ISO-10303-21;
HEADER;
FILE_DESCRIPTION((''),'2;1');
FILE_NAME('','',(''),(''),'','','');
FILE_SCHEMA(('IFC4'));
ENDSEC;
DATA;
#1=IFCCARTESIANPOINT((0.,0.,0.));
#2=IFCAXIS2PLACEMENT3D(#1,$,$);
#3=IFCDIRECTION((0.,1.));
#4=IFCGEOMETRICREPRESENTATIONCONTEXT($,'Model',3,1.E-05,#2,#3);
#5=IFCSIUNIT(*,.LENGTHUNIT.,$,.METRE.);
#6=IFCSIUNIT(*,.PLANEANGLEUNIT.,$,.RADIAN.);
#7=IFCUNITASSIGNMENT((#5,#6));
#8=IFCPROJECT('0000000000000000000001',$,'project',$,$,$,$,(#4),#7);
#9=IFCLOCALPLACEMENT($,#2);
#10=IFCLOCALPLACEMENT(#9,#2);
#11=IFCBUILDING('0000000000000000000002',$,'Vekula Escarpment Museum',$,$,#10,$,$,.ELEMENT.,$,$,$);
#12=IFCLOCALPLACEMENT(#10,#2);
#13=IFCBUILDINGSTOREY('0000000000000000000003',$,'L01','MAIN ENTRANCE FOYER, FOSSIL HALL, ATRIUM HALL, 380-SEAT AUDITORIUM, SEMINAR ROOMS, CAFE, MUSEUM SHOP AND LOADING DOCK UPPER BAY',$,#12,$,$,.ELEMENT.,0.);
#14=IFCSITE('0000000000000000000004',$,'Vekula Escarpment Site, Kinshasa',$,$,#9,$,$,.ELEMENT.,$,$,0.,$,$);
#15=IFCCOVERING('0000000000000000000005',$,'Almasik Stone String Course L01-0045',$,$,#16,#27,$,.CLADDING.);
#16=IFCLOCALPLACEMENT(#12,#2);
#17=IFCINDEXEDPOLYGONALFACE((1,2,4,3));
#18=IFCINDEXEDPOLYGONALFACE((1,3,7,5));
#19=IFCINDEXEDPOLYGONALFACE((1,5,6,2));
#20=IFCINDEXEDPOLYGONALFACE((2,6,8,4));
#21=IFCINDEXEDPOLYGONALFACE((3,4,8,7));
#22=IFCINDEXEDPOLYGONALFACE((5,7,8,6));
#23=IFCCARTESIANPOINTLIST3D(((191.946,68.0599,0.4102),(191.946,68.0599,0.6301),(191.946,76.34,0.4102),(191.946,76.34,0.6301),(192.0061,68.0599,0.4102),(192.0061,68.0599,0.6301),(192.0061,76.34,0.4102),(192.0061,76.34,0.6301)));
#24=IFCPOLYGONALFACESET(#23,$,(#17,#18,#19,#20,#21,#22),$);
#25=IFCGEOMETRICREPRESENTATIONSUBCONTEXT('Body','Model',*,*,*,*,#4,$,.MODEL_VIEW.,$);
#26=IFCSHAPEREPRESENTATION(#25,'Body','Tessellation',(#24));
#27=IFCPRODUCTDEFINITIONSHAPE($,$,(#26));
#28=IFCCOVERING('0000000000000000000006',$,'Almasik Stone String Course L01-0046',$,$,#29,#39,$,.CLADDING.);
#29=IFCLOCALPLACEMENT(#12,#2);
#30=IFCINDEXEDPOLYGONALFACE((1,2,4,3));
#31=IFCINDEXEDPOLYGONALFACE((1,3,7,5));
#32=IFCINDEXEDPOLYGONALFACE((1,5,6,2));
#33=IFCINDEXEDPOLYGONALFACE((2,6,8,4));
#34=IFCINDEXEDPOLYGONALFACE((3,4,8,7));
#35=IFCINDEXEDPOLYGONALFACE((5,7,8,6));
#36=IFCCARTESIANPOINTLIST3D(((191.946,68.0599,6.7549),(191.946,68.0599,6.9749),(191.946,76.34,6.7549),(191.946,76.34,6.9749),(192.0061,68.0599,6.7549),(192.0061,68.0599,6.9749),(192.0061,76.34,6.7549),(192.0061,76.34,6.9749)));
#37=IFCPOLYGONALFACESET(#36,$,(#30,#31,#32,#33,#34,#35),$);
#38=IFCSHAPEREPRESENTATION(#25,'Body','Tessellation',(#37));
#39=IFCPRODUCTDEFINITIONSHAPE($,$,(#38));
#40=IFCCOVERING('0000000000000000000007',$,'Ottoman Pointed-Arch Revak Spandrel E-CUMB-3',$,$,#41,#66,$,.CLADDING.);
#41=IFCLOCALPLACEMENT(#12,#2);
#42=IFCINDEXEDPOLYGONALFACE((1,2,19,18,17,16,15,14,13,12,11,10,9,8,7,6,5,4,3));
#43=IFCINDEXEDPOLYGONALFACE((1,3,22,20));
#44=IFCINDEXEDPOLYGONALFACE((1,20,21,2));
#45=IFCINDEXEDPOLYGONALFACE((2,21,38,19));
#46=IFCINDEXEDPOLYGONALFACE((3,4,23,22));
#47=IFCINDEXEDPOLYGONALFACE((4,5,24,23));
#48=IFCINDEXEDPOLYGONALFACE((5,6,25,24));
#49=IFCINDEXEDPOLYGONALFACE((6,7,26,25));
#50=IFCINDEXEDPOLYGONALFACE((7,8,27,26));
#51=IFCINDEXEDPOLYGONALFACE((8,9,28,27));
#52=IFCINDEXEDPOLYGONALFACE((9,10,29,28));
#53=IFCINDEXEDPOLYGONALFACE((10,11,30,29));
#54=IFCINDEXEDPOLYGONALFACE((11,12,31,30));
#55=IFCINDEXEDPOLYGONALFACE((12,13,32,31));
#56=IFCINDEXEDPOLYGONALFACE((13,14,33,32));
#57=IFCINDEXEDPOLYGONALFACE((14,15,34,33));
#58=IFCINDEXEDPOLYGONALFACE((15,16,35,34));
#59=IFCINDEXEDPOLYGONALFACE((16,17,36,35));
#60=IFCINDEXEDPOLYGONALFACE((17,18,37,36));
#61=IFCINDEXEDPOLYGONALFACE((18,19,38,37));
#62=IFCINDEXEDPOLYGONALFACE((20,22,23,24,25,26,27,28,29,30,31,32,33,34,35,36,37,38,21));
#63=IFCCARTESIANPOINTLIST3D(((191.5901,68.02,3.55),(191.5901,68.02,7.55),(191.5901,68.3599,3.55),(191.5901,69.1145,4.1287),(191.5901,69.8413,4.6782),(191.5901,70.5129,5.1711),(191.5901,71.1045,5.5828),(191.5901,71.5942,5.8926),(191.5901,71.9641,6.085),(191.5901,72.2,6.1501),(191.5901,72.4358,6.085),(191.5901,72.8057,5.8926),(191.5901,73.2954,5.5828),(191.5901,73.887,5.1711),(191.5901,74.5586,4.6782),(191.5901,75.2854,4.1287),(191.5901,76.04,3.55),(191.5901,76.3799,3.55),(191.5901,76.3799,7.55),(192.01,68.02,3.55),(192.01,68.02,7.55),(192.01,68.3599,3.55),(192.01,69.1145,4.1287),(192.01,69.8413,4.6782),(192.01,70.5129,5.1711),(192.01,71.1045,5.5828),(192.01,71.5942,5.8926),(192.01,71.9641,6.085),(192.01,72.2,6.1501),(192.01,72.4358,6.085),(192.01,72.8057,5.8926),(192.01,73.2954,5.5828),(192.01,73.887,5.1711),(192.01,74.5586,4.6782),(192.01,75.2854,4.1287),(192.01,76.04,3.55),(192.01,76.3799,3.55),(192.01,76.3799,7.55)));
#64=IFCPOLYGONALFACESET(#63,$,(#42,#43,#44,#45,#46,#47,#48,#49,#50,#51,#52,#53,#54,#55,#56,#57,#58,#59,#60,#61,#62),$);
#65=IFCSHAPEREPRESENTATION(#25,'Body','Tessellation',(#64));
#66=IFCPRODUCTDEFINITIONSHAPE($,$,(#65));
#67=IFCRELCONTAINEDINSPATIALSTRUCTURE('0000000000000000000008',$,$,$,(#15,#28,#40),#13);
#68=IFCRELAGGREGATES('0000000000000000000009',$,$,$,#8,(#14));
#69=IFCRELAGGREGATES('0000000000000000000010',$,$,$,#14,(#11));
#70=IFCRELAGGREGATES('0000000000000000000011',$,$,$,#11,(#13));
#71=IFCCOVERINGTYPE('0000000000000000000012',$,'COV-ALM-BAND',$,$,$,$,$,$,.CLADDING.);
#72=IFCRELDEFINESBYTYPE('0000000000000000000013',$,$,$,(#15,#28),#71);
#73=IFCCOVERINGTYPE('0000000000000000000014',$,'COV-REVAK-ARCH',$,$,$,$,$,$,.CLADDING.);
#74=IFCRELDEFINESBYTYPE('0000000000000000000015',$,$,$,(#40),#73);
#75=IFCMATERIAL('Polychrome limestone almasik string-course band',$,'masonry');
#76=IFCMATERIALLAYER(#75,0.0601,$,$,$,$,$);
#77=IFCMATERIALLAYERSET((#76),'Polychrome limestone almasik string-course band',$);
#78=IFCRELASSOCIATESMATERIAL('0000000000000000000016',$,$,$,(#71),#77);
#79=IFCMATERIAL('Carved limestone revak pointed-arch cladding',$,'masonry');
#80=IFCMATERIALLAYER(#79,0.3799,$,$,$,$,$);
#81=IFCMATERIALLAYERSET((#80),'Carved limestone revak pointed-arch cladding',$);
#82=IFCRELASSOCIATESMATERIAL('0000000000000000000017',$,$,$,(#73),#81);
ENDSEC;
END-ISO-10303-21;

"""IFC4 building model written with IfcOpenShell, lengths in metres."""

from ifc_helpers import new_model, si_unit, direction, frame, origin, origin_2d, place, context, subcontext, project, spatial, polyline, rectangle, outline, extrude, material, layer, layer_set, type_object, element, save


model = new_model("IFC4")

# Units and contexts
model_context = context("Model", 3, precision=1e-05, world=origin(), true_north=direction((0.0, 1.0)))
body_context = subcontext(model_context, "Body", "Model", "MODEL_VIEW")
ifc_project = project(units=[si_unit("LENGTHUNIT", "METRE"), si_unit("PLANEANGLEUNIT", "RADIAN")], contexts=[model_context])

# Site, building, storey
site_placement = place(None, origin())
site = spatial("IfcSite", under=ifc_project, at=site_placement, Name="Vekula Escarpment Site, Kinshasa", CompositionType="ELEMENT", RefElevation=0.0)
building_placement = place(site_placement, origin())
building = spatial("IfcBuilding", under=site, at=building_placement, Name="Vekula Escarpment Museum", CompositionType="ELEMENT")
storey_placement = place(building_placement, origin())
storey = spatial("IfcBuildingStorey", under=building, at=storey_placement, Name="L01", Description="MAIN ENTRANCE FOYER, FOSSIL HALL, ATRIUM HALL, 380-SEAT AUDITORIUM, SEMINAR ROOMS, CAFE, MUSEUM SHOP AND LOADING DOCK UPPER BAY", CompositionType="ELEMENT", Elevation=0.0)

# Coverings
ifc_material_1 = material(Name="Polychrome limestone almasik string-course band", Category="masonry")
ifc_layer_1 = layer(ifc_material_1, 0.0601)
ifc_layer_set_1 = layer_set([ifc_layer_1], Name="Polychrome limestone almasik string-course band")
covering_type_1 = type_object("IfcCoveringType", Name="COV-ALM-BAND", PredefinedType="CLADDING", material=ifc_layer_set_1)
for number, where, z_axis, x_axis, name in (
    (1, (191.9761, 72.2, 0.4102), (0.0, 0.0, 1.0), (0.0, 1.0, 0.0), "Almasik Stone String Course L01-0045"),
    (2, (191.9761, 72.2, 6.7549), (0.0, 0.0, 1.0), (0.0, 1.0, 0.0), "Almasik Stone String Course L01-0046"),
):
    element("IfcCovering", number, at=place(storey_placement, frame(where, z_axis=z_axis, x_axis=x_axis)), inside=storey, type_object=covering_type_1, Name=name, PredefinedType="CLADDING", context=body_context, shape_type="SweptSolid", body=[
        extrude(rectangle(XDim=8.28, YDim=0.0601, at=origin_2d()), origin(), (0.0, 0.0, 1.0), 0.22),
    ])
ifc_material_2 = material(Name="Carved limestone revak pointed-arch cladding", Category="masonry")
ifc_layer_2 = layer(ifc_material_2, 0.3799)
ifc_layer_set_2 = layer_set([ifc_layer_2], Name="Carved limestone revak pointed-arch cladding")
covering_type_2 = type_object("IfcCoveringType", Name="COV-REVAK-ARCH", PredefinedType="CLADDING", material=ifc_layer_set_2)
covering_placement = place(storey_placement, frame((191.5901, 72.2, 3.55), z_axis=(1.0, 0.0, 0.0), x_axis=(0.0, 1.0, 0.0)))
element("IfcCovering", 3, at=covering_placement, inside=storey, type_object=covering_type_2, Name="Ottoman Pointed-Arch Revak Spandrel E-CUMB-3", PredefinedType="CLADDING", context=body_context, shape_type="SweptSolid", body=[
    extrude(outline(polyline([(-4.1799, 4.0), (4.1799, 4.0), (4.1799, 0.0), (3.8401, 0.0), (3.0854, 0.5786), (2.3586, 1.1282), (1.687, 1.6211), (1.0955, 2.0327), (0.6057, 2.3425), (0.2358, 2.5349), (0.0, 2.6001), (-0.2358, 2.5349), (-0.6057, 2.3425), (-1.0955, 2.0327), (-1.687, 1.6211), (-2.3586, 1.1282), (-3.0854, 0.5786), (-3.8401, 0.0), (-4.1799, 0.0), (-4.1799, 4.0)])), origin(), (0.0, 0.0, 1.0), 0.4199),
])

save(model, "model.ifc")
